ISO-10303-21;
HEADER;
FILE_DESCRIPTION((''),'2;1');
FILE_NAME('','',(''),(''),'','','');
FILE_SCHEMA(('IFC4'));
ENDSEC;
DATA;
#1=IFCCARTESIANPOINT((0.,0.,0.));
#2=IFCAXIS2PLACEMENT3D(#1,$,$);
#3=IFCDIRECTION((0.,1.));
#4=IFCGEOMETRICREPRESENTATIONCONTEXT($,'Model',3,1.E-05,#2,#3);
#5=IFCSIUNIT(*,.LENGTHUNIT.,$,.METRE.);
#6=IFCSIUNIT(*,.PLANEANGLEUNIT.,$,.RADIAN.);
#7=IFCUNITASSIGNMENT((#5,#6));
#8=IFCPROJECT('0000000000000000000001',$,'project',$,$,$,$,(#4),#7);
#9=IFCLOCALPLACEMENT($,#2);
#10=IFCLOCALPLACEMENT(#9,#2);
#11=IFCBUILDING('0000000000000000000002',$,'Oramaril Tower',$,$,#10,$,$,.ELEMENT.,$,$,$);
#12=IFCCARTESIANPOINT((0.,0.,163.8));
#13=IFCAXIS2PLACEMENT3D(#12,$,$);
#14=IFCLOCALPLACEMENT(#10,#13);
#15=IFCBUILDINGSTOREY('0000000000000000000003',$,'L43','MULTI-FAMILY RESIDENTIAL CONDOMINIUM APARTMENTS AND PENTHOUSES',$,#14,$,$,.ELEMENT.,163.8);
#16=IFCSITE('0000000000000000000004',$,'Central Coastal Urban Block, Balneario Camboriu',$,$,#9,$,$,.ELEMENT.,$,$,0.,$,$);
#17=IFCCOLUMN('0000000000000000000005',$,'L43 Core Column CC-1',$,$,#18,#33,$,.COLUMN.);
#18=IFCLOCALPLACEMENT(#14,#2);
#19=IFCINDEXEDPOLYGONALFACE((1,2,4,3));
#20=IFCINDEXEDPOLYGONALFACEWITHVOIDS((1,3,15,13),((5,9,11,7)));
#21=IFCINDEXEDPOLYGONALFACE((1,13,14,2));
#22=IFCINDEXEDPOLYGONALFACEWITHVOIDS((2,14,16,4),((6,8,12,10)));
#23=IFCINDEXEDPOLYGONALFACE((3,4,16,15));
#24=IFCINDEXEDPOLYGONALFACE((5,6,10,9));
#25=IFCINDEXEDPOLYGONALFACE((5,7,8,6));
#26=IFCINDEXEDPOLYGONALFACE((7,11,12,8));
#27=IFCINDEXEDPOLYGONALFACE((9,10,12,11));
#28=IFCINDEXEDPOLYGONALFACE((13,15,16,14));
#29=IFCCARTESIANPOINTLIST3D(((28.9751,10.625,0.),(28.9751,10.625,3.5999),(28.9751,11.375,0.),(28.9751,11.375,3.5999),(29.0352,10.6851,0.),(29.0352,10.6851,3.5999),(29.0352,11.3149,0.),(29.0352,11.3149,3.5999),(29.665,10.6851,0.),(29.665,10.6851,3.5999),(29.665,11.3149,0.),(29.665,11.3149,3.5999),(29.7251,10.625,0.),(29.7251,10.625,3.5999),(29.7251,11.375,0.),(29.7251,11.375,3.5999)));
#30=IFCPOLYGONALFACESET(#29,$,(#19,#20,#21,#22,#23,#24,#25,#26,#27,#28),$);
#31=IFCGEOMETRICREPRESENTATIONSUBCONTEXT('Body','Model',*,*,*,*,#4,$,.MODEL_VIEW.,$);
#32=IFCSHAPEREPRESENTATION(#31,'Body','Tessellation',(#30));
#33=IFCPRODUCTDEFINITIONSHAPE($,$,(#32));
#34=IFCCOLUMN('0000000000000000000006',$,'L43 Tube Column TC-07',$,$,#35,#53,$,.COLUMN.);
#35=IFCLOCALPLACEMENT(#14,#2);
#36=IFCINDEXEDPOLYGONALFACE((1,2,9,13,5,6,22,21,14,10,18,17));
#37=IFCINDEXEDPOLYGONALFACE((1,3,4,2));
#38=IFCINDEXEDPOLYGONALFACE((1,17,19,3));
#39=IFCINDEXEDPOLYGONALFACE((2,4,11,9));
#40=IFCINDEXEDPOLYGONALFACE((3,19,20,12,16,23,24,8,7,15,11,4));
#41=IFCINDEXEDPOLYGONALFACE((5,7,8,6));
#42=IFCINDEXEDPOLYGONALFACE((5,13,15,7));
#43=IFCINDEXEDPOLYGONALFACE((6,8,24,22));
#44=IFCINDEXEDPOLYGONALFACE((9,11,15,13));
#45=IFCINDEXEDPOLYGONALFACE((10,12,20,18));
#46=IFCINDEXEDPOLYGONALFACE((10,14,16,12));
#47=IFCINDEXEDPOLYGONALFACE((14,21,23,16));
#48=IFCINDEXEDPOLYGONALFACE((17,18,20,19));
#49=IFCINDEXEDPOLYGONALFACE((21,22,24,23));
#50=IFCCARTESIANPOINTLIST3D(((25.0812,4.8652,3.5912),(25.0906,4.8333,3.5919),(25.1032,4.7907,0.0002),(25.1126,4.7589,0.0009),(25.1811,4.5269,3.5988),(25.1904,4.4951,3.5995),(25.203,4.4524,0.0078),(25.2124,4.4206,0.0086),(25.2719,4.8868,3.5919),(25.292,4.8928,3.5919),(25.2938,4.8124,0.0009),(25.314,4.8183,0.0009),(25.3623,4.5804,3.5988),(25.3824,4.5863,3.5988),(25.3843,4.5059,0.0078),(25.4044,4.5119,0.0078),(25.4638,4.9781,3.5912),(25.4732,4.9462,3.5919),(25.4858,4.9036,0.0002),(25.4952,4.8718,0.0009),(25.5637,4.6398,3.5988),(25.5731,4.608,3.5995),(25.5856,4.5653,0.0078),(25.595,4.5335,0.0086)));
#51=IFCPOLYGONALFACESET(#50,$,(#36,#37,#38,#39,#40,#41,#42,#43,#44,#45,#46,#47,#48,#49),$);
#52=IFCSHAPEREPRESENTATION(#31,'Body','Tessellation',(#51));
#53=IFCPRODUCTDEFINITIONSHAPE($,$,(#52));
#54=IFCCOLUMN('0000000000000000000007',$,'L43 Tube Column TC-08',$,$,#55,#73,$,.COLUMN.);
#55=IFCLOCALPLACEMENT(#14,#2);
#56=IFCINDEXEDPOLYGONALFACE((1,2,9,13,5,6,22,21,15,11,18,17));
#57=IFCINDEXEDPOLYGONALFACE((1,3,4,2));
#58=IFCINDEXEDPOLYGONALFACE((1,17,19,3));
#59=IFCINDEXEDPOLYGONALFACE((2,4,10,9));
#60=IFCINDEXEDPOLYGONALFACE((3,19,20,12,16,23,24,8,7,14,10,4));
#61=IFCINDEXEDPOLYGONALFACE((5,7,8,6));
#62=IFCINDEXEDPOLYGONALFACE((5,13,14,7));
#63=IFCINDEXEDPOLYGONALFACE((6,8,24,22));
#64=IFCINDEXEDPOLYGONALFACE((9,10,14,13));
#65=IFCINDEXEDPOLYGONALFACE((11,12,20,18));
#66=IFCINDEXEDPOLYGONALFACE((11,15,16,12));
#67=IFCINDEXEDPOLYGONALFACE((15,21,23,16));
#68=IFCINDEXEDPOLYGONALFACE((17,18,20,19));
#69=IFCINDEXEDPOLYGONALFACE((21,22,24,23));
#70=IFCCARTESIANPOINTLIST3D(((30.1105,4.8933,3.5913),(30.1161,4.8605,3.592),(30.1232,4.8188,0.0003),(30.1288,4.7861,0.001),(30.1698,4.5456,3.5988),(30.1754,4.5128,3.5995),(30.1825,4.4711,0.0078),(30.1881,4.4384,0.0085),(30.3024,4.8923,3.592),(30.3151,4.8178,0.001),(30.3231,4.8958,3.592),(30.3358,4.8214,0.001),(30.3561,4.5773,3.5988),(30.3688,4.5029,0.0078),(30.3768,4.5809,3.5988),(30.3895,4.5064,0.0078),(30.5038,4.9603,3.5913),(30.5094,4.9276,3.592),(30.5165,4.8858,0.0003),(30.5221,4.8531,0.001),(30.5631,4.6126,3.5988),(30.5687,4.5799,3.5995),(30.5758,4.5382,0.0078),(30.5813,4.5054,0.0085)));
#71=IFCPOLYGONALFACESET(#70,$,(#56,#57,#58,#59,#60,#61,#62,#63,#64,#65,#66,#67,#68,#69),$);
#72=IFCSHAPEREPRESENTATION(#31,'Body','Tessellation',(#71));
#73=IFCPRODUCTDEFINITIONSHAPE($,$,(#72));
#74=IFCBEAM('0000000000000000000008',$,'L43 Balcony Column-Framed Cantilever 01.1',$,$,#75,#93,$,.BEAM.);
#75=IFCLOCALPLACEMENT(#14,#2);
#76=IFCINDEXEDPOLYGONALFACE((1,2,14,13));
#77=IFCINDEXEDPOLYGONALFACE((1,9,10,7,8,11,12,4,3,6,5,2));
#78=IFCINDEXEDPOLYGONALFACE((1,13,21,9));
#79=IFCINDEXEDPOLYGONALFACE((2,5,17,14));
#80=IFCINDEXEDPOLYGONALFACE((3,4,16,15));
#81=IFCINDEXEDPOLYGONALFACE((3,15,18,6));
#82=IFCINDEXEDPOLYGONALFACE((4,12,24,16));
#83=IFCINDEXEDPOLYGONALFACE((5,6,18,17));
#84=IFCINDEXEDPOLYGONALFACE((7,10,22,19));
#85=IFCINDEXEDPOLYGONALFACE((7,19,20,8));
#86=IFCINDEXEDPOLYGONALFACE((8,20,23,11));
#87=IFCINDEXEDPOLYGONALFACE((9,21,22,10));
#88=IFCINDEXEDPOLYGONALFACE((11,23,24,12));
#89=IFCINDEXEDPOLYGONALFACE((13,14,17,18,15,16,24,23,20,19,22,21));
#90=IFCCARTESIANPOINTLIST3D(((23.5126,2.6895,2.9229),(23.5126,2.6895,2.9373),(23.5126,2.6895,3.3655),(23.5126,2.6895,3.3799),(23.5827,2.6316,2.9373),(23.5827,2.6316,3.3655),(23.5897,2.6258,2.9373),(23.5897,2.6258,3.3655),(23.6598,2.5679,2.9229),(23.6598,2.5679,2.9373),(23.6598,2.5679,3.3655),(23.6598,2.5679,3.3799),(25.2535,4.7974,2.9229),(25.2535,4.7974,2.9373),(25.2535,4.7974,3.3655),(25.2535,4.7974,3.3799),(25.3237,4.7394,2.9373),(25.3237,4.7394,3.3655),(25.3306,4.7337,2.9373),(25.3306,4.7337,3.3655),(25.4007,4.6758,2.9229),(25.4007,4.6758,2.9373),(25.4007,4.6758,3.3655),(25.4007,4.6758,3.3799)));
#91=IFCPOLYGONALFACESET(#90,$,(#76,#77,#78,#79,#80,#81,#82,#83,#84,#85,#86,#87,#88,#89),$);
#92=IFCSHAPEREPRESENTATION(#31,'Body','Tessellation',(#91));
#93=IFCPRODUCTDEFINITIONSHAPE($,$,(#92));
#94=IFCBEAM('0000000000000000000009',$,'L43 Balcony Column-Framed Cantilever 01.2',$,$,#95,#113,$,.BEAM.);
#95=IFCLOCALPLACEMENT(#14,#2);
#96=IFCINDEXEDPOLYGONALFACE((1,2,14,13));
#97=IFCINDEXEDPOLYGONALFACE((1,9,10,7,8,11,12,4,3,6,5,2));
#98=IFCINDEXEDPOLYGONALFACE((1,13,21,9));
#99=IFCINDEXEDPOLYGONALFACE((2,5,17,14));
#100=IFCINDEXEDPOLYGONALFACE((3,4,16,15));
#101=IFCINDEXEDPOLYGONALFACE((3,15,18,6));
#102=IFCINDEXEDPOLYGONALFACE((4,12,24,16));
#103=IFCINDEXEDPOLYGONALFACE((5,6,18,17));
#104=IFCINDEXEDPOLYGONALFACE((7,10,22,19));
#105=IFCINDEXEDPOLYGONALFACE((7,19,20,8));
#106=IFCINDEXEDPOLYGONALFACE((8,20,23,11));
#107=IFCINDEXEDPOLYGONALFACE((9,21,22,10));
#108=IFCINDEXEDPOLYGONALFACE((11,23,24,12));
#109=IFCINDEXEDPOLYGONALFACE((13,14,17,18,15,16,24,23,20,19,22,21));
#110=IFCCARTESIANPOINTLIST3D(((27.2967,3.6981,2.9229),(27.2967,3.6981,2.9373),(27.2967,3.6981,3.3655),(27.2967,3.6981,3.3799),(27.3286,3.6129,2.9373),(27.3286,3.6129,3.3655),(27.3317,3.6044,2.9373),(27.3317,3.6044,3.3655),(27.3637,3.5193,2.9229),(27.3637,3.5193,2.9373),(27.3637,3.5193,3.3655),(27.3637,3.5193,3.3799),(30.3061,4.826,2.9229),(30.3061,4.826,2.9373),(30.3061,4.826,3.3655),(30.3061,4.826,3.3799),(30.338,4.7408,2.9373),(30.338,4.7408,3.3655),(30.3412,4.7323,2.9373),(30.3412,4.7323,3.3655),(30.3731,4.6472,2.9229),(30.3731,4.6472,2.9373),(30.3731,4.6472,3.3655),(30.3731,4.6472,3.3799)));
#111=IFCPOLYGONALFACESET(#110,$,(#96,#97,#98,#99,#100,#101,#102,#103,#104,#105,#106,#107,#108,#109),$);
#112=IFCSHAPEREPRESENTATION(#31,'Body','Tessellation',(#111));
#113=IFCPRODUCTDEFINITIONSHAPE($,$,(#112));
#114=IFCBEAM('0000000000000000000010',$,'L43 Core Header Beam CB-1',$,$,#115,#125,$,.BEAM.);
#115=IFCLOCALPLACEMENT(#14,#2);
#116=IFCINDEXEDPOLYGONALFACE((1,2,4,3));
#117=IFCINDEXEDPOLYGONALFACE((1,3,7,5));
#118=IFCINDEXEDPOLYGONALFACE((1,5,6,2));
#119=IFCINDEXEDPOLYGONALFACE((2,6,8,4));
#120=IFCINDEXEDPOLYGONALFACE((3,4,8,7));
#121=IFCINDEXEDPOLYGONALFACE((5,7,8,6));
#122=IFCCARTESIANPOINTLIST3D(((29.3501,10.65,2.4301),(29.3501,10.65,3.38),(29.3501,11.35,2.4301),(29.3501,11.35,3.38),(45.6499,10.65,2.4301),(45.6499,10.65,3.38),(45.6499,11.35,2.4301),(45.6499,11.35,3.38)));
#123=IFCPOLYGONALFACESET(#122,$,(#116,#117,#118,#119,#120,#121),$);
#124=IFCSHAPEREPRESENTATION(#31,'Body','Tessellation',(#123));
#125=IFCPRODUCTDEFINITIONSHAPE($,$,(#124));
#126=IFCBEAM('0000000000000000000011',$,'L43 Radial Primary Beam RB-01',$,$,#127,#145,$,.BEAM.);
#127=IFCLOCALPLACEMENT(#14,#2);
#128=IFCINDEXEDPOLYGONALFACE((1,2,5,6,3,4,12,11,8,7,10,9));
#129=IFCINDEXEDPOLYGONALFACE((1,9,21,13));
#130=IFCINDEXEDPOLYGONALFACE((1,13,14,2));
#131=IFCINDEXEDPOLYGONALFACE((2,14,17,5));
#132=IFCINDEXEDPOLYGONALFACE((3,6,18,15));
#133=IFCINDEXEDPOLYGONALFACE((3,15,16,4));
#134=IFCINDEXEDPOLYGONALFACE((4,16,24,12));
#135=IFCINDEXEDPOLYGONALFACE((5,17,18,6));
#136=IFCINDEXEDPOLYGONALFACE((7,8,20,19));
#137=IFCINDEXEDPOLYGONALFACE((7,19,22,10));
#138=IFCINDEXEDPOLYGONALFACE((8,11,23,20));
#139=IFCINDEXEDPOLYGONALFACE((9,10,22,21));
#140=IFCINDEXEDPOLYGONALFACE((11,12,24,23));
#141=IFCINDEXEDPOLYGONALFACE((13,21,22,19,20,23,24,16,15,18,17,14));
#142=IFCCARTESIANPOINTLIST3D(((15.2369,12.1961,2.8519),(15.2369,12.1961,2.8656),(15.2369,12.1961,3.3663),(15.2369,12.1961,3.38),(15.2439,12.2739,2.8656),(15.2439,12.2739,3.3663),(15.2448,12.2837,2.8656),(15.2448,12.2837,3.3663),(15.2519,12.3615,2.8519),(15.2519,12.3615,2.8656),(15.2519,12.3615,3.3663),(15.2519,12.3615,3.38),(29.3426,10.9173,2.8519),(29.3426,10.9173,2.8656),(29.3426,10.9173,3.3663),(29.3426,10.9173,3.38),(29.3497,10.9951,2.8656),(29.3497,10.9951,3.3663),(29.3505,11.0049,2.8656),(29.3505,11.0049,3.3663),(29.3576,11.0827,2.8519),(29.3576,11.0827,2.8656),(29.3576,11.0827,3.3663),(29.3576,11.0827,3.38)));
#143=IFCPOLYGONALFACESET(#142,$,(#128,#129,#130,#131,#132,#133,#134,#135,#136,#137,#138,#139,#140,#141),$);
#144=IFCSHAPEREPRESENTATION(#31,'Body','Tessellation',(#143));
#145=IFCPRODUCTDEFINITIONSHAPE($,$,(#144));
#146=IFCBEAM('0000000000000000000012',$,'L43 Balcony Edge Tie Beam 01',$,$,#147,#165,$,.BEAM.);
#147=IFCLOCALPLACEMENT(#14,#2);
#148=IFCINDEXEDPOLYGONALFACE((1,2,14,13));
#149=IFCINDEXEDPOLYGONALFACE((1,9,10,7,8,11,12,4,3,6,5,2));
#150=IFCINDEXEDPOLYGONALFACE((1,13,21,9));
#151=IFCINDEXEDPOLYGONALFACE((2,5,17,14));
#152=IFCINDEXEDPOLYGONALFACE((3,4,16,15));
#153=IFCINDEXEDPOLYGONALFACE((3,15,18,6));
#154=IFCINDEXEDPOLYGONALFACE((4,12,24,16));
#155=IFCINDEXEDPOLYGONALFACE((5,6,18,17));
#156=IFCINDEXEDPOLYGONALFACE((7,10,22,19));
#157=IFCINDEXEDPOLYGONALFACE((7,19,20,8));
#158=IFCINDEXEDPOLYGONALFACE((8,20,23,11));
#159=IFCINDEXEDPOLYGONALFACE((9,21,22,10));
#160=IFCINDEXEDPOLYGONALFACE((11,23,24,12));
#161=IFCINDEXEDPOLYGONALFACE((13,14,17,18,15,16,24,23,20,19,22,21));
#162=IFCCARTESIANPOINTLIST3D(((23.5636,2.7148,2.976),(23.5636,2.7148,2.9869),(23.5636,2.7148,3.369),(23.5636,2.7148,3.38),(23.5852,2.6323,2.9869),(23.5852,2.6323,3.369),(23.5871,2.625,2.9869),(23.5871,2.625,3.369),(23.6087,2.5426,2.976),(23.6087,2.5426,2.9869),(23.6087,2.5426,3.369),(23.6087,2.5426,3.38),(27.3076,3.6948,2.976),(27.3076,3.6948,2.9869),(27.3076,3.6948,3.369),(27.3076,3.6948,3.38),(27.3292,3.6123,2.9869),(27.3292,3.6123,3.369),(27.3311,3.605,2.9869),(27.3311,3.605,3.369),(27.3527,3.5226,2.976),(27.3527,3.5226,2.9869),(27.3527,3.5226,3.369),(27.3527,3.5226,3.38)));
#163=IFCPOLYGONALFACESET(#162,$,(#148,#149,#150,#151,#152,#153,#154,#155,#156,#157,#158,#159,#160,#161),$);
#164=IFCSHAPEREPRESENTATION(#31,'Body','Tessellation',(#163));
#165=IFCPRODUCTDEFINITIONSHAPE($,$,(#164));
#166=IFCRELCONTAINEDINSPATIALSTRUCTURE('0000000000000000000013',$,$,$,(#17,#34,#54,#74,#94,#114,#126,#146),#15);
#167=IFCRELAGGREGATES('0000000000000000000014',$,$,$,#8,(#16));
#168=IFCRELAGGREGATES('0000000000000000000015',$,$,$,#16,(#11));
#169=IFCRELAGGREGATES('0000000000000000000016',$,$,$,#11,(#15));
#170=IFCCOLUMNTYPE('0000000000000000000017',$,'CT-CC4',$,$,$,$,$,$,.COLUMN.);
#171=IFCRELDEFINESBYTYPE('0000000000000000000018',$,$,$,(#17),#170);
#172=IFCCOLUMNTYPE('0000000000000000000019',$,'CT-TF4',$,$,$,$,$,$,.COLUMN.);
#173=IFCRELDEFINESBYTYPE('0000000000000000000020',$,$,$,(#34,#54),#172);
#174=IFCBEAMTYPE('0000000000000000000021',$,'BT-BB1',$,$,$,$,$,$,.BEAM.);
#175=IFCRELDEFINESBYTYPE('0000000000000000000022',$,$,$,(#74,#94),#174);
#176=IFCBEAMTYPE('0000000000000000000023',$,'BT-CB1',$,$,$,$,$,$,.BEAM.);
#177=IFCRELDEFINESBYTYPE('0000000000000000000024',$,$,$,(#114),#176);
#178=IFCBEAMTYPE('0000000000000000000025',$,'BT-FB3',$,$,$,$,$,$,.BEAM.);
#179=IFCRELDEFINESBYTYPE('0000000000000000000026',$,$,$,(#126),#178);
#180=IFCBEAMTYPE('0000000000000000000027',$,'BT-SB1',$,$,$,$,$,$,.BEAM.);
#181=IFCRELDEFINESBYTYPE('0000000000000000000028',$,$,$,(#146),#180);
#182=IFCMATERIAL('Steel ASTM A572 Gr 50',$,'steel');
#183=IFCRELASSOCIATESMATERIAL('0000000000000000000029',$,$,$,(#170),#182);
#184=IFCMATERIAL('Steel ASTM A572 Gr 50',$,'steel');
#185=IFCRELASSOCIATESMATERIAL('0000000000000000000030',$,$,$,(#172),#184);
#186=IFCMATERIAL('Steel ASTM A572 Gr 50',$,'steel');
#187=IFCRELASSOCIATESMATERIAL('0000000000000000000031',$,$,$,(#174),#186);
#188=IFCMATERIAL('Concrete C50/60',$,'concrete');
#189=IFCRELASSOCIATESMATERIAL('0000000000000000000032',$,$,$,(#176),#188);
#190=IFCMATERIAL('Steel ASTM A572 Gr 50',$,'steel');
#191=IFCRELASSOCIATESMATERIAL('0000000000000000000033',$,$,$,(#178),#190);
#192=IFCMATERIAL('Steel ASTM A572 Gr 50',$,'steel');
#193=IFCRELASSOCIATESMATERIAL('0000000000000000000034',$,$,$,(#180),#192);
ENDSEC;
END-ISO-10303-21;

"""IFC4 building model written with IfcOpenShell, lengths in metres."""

from ifc_helpers import new_model, si_unit, direction, frame, origin, origin_2d, place, context, subcontext, project, spatial, rectangle, hollow_rectangle, i_section, extrude, material, material_profile, profile_set, type_object, element, save


model = new_model("IFC4")

# Units and contexts
model_context = context("Model", 3, precision=1e-05, world=origin(), true_north=direction((0.0, 1.0)))
body_context = subcontext(model_context, "Body", "Model", "MODEL_VIEW")
ifc_project = project(units=[si_unit("LENGTHUNIT", "METRE"), si_unit("PLANEANGLEUNIT", "RADIAN")], contexts=[model_context])

# Site, building, storey
site_placement = place(None, origin())
site = spatial("IfcSite", under=ifc_project, at=site_placement, Name="Central Coastal Urban Block, Balneario Camboriu", CompositionType="ELEMENT", RefElevation=0.0)
building_placement = place(site_placement, origin())
building = spatial("IfcBuilding", under=site, at=building_placement, Name="Oramaril Tower", CompositionType="ELEMENT")
storey_placement = place(building_placement, frame((0.0, 0.0, 163.8)))
storey = spatial("IfcBuildingStorey", under=building, at=storey_placement, Name="L43", Description="MULTI-FAMILY RESIDENTIAL CONDOMINIUM APARTMENTS AND PENTHOUSES", CompositionType="ELEMENT", Elevation=163.8)

# Columns
ifc_material_1 = material(Name="Steel ASTM A572 Gr 50", Category="steel")
ifc_material_profile_1 = material_profile(ifc_material_1, hollow_rectangle(XDim=0.75, YDim=0.75, WallThickness=0.0601, at=origin_2d()), Name="BOX750X750X60")
ifc_profile_set_1 = profile_set([ifc_material_profile_1], Name="Steel ASTM A572 Gr 50")
column_type_1 = type_object("IfcColumnType", Name="CT-CC4", PredefinedType="COLUMN", material=ifc_profile_set_1)
column_placement = place(storey_placement, frame((29.3501, 11.0, 0.0), z_axis=(0.0, 0.0, 1.0), x_axis=(1.0, 0.0, 0.0)))
element("IfcColumn", 1, at=column_placement, inside=storey, type_object=column_type_1, Name="L43 Core Column CC-1", PredefinedType="COLUMN", context=body_context, shape_type="SweptSolid", body=[
    extrude(hollow_rectangle(XDim=0.75, YDim=0.75, WallThickness=0.0601, at=origin_2d()), origin(), (0.0, 0.0, 1.0), 3.5999),
])
ifc_material_2 = material(Name="Steel ASTM A572 Gr 50", Category="steel")
ifc_material_profile_2 = material_profile(ifc_material_2, i_section(OverallWidth=0.3989, OverallDepth=0.386, WebThickness=0.021, FlangeThickness=0.0332, at=origin_2d()), Name="W14X176")
ifc_profile_set_2 = profile_set([ifc_material_profile_2], Name="Steel ASTM A572 Gr 50")
column_type_2 = type_object("IfcColumnType", Name="CT-TF4", PredefinedType="COLUMN", material=ifc_profile_set_2)
for number, where, z_axis, x_axis, name in (
    (2, (25.3491, 4.6621, 0.0044), (-0.006117, 0.020731, 0.999766), (-0.959115, -0.283017, 0.0), "L43 Tube Column TC-07"),
    (3, (30.3523, 4.6621, 0.0044), (-0.003534, 0.020731, 0.999779), (-0.985776, -0.168067, 0.0), "L43 Tube Column TC-08"),
):
    element("IfcColumn", number, at=place(storey_placement, frame(where, z_axis=z_axis, x_axis=x_axis)), inside=storey, type_object=column_type_2, Name=name, PredefinedType="COLUMN", context=body_context, shape_type="SweptSolid", body=[
        extrude(i_section(OverallWidth=0.3989, OverallDepth=0.386, WebThickness=0.021, FlangeThickness=0.0332, at=origin_2d()), origin(), (0.0, 0.0, 1.0), 3.5918),
    ])

# Beams
ifc_material_3 = material(Name="Steel ASTM A572 Gr 50", Category="steel")
ifc_material_profile_3 = material_profile(ifc_material_3, i_section(OverallWidth=0.1909, OverallDepth=0.457, WebThickness=0.009, FlangeThickness=0.0144, at=origin_2d()), Name="W18X50")
ifc_profile_set_3 = profile_set([ifc_material_profile_3], Name="Steel ASTM A572 Gr 50")
beam_type_1 = type_object("IfcBeamType", Name="BT-BB1", PredefinedType="BEAM", material=ifc_profile_set_3)
beam_1_placement = place(storey_placement, frame((25.3271, 4.7366, 3.1514), z_axis=(-0.636805, -0.771025, 0.0), x_axis=(0.771025, -0.636805, 0.0)))
element("IfcBeam", 4, at=beam_1_placement, inside=storey, type_object=beam_type_1, Name="L43 Balcony Column-Framed Cantilever 01.1", PredefinedType="BEAM", context=body_context, shape_type="SweptSolid", body=[
    extrude(i_section(OverallWidth=0.1909, OverallDepth=0.457, WebThickness=0.009, FlangeThickness=0.0144, at=origin_2d()), origin(), (0.0, 0.0, 1.0), 2.7339),
])
beam_2_placement = place(storey_placement, frame((30.3396, 4.7366, 3.1514), z_axis=(-0.936395, -0.350949, 0.0), x_axis=(0.350949, -0.936395, 0.0)))
element("IfcBeam", 5, at=beam_2_placement, inside=storey, type_object=beam_type_1, Name="L43 Balcony Column-Framed Cantilever 01.2", PredefinedType="BEAM", context=body_context, shape_type="SweptSolid", body=[
    extrude(i_section(OverallWidth=0.1909, OverallDepth=0.457, WebThickness=0.009, FlangeThickness=0.0144, at=origin_2d()), origin(), (0.0, 0.0, 1.0), 3.2139),
])
ifc_material_4 = material(Name="Concrete C50/60", Category="concrete")
ifc_material_profile_4 = material_profile(ifc_material_4, rectangle(XDim=0.7, YDim=0.95, at=origin_2d()), Name="CB700X950")
ifc_profile_set_4 = profile_set([ifc_material_profile_4], Name="Concrete C50/60")
beam_type_2 = type_object("IfcBeamType", Name="BT-CB1", PredefinedType="BEAM", material=ifc_profile_set_4)
beam_3_placement = place(storey_placement, frame((29.3501, 11.0, 2.905), z_axis=(1.0, 0.0, 0.0), x_axis=(0.0, 1.0, 0.0)))
element("IfcBeam", 6, at=beam_3_placement, inside=storey, type_object=beam_type_2, Name="L43 Core Header Beam CB-1", PredefinedType="BEAM", context=body_context, shape_type="SweptSolid", body=[
    extrude(rectangle(XDim=0.7, YDim=0.95, at=origin_2d()), origin(), (0.0, 0.0, 1.0), 16.2998),
])
ifc_material_5 = material(Name="Steel ASTM A572 Gr 50", Category="steel")
ifc_material_profile_5 = material_profile(ifc_material_5, i_section(OverallWidth=0.166, OverallDepth=0.5281, WebThickness=0.0098, FlangeThickness=0.0137, at=origin_2d()), Name="W21X50")
ifc_profile_set_5 = profile_set([ifc_material_profile_5], Name="Steel ASTM A572 Gr 50")
beam_type_3 = type_object("IfcBeamType", Name="BT-FB3", PredefinedType="BEAM", material=ifc_profile_set_5)
beam_4_placement = place(storey_placement, frame((29.3501, 11.0, 3.116), z_axis=(-0.995916, 0.090289, 0.0), x_axis=(-0.090289, -0.995916, 0.0)))
element("IfcBeam", 7, at=beam_4_placement, inside=storey, type_object=beam_type_3, Name="L43 Radial Primary Beam RB-01", PredefinedType="BEAM", context=body_context, shape_type="SweptSolid", body=[
    extrude(i_section(OverallWidth=0.166, OverallDepth=0.5281, WebThickness=0.0098, FlangeThickness=0.0137, at=origin_2d()), origin(), (0.0, 0.0, 1.0), 14.1636),
])
ifc_material_6 = material(Name="Steel ASTM A572 Gr 50", Category="steel")
ifc_material_profile_6 = material_profile(ifc_material_6, i_section(OverallWidth=0.178, OverallDepth=0.4041, WebThickness=0.0076, FlangeThickness=0.011, at=origin_2d()), Name="W16X36")
ifc_profile_set_6 = profile_set([ifc_material_profile_6], Name="Steel ASTM A572 Gr 50")
beam_type_4 = type_object("IfcBeamType", Name="BT-SB1", PredefinedType="BEAM", material=ifc_profile_set_6)
beam_5_placement = place(storey_placement, frame((23.5862, 2.6287, 3.178), z_axis=(0.967408, 0.253223, 0.0), x_axis=(-0.253223, 0.967408, 0.0)))
element("IfcBeam", 8, at=beam_5_placement, inside=storey, type_object=beam_type_4, Name="L43 Balcony Edge Tie Beam 01", PredefinedType="BEAM", context=body_context, shape_type="SweptSolid", body=[
    extrude(i_section(OverallWidth=0.178, OverallDepth=0.4041, WebThickness=0.0076, FlangeThickness=0.011, at=origin_2d()), origin(), (0.0, 0.0, 1.0), 3.8701),
])

save(model, "model.ifc")
